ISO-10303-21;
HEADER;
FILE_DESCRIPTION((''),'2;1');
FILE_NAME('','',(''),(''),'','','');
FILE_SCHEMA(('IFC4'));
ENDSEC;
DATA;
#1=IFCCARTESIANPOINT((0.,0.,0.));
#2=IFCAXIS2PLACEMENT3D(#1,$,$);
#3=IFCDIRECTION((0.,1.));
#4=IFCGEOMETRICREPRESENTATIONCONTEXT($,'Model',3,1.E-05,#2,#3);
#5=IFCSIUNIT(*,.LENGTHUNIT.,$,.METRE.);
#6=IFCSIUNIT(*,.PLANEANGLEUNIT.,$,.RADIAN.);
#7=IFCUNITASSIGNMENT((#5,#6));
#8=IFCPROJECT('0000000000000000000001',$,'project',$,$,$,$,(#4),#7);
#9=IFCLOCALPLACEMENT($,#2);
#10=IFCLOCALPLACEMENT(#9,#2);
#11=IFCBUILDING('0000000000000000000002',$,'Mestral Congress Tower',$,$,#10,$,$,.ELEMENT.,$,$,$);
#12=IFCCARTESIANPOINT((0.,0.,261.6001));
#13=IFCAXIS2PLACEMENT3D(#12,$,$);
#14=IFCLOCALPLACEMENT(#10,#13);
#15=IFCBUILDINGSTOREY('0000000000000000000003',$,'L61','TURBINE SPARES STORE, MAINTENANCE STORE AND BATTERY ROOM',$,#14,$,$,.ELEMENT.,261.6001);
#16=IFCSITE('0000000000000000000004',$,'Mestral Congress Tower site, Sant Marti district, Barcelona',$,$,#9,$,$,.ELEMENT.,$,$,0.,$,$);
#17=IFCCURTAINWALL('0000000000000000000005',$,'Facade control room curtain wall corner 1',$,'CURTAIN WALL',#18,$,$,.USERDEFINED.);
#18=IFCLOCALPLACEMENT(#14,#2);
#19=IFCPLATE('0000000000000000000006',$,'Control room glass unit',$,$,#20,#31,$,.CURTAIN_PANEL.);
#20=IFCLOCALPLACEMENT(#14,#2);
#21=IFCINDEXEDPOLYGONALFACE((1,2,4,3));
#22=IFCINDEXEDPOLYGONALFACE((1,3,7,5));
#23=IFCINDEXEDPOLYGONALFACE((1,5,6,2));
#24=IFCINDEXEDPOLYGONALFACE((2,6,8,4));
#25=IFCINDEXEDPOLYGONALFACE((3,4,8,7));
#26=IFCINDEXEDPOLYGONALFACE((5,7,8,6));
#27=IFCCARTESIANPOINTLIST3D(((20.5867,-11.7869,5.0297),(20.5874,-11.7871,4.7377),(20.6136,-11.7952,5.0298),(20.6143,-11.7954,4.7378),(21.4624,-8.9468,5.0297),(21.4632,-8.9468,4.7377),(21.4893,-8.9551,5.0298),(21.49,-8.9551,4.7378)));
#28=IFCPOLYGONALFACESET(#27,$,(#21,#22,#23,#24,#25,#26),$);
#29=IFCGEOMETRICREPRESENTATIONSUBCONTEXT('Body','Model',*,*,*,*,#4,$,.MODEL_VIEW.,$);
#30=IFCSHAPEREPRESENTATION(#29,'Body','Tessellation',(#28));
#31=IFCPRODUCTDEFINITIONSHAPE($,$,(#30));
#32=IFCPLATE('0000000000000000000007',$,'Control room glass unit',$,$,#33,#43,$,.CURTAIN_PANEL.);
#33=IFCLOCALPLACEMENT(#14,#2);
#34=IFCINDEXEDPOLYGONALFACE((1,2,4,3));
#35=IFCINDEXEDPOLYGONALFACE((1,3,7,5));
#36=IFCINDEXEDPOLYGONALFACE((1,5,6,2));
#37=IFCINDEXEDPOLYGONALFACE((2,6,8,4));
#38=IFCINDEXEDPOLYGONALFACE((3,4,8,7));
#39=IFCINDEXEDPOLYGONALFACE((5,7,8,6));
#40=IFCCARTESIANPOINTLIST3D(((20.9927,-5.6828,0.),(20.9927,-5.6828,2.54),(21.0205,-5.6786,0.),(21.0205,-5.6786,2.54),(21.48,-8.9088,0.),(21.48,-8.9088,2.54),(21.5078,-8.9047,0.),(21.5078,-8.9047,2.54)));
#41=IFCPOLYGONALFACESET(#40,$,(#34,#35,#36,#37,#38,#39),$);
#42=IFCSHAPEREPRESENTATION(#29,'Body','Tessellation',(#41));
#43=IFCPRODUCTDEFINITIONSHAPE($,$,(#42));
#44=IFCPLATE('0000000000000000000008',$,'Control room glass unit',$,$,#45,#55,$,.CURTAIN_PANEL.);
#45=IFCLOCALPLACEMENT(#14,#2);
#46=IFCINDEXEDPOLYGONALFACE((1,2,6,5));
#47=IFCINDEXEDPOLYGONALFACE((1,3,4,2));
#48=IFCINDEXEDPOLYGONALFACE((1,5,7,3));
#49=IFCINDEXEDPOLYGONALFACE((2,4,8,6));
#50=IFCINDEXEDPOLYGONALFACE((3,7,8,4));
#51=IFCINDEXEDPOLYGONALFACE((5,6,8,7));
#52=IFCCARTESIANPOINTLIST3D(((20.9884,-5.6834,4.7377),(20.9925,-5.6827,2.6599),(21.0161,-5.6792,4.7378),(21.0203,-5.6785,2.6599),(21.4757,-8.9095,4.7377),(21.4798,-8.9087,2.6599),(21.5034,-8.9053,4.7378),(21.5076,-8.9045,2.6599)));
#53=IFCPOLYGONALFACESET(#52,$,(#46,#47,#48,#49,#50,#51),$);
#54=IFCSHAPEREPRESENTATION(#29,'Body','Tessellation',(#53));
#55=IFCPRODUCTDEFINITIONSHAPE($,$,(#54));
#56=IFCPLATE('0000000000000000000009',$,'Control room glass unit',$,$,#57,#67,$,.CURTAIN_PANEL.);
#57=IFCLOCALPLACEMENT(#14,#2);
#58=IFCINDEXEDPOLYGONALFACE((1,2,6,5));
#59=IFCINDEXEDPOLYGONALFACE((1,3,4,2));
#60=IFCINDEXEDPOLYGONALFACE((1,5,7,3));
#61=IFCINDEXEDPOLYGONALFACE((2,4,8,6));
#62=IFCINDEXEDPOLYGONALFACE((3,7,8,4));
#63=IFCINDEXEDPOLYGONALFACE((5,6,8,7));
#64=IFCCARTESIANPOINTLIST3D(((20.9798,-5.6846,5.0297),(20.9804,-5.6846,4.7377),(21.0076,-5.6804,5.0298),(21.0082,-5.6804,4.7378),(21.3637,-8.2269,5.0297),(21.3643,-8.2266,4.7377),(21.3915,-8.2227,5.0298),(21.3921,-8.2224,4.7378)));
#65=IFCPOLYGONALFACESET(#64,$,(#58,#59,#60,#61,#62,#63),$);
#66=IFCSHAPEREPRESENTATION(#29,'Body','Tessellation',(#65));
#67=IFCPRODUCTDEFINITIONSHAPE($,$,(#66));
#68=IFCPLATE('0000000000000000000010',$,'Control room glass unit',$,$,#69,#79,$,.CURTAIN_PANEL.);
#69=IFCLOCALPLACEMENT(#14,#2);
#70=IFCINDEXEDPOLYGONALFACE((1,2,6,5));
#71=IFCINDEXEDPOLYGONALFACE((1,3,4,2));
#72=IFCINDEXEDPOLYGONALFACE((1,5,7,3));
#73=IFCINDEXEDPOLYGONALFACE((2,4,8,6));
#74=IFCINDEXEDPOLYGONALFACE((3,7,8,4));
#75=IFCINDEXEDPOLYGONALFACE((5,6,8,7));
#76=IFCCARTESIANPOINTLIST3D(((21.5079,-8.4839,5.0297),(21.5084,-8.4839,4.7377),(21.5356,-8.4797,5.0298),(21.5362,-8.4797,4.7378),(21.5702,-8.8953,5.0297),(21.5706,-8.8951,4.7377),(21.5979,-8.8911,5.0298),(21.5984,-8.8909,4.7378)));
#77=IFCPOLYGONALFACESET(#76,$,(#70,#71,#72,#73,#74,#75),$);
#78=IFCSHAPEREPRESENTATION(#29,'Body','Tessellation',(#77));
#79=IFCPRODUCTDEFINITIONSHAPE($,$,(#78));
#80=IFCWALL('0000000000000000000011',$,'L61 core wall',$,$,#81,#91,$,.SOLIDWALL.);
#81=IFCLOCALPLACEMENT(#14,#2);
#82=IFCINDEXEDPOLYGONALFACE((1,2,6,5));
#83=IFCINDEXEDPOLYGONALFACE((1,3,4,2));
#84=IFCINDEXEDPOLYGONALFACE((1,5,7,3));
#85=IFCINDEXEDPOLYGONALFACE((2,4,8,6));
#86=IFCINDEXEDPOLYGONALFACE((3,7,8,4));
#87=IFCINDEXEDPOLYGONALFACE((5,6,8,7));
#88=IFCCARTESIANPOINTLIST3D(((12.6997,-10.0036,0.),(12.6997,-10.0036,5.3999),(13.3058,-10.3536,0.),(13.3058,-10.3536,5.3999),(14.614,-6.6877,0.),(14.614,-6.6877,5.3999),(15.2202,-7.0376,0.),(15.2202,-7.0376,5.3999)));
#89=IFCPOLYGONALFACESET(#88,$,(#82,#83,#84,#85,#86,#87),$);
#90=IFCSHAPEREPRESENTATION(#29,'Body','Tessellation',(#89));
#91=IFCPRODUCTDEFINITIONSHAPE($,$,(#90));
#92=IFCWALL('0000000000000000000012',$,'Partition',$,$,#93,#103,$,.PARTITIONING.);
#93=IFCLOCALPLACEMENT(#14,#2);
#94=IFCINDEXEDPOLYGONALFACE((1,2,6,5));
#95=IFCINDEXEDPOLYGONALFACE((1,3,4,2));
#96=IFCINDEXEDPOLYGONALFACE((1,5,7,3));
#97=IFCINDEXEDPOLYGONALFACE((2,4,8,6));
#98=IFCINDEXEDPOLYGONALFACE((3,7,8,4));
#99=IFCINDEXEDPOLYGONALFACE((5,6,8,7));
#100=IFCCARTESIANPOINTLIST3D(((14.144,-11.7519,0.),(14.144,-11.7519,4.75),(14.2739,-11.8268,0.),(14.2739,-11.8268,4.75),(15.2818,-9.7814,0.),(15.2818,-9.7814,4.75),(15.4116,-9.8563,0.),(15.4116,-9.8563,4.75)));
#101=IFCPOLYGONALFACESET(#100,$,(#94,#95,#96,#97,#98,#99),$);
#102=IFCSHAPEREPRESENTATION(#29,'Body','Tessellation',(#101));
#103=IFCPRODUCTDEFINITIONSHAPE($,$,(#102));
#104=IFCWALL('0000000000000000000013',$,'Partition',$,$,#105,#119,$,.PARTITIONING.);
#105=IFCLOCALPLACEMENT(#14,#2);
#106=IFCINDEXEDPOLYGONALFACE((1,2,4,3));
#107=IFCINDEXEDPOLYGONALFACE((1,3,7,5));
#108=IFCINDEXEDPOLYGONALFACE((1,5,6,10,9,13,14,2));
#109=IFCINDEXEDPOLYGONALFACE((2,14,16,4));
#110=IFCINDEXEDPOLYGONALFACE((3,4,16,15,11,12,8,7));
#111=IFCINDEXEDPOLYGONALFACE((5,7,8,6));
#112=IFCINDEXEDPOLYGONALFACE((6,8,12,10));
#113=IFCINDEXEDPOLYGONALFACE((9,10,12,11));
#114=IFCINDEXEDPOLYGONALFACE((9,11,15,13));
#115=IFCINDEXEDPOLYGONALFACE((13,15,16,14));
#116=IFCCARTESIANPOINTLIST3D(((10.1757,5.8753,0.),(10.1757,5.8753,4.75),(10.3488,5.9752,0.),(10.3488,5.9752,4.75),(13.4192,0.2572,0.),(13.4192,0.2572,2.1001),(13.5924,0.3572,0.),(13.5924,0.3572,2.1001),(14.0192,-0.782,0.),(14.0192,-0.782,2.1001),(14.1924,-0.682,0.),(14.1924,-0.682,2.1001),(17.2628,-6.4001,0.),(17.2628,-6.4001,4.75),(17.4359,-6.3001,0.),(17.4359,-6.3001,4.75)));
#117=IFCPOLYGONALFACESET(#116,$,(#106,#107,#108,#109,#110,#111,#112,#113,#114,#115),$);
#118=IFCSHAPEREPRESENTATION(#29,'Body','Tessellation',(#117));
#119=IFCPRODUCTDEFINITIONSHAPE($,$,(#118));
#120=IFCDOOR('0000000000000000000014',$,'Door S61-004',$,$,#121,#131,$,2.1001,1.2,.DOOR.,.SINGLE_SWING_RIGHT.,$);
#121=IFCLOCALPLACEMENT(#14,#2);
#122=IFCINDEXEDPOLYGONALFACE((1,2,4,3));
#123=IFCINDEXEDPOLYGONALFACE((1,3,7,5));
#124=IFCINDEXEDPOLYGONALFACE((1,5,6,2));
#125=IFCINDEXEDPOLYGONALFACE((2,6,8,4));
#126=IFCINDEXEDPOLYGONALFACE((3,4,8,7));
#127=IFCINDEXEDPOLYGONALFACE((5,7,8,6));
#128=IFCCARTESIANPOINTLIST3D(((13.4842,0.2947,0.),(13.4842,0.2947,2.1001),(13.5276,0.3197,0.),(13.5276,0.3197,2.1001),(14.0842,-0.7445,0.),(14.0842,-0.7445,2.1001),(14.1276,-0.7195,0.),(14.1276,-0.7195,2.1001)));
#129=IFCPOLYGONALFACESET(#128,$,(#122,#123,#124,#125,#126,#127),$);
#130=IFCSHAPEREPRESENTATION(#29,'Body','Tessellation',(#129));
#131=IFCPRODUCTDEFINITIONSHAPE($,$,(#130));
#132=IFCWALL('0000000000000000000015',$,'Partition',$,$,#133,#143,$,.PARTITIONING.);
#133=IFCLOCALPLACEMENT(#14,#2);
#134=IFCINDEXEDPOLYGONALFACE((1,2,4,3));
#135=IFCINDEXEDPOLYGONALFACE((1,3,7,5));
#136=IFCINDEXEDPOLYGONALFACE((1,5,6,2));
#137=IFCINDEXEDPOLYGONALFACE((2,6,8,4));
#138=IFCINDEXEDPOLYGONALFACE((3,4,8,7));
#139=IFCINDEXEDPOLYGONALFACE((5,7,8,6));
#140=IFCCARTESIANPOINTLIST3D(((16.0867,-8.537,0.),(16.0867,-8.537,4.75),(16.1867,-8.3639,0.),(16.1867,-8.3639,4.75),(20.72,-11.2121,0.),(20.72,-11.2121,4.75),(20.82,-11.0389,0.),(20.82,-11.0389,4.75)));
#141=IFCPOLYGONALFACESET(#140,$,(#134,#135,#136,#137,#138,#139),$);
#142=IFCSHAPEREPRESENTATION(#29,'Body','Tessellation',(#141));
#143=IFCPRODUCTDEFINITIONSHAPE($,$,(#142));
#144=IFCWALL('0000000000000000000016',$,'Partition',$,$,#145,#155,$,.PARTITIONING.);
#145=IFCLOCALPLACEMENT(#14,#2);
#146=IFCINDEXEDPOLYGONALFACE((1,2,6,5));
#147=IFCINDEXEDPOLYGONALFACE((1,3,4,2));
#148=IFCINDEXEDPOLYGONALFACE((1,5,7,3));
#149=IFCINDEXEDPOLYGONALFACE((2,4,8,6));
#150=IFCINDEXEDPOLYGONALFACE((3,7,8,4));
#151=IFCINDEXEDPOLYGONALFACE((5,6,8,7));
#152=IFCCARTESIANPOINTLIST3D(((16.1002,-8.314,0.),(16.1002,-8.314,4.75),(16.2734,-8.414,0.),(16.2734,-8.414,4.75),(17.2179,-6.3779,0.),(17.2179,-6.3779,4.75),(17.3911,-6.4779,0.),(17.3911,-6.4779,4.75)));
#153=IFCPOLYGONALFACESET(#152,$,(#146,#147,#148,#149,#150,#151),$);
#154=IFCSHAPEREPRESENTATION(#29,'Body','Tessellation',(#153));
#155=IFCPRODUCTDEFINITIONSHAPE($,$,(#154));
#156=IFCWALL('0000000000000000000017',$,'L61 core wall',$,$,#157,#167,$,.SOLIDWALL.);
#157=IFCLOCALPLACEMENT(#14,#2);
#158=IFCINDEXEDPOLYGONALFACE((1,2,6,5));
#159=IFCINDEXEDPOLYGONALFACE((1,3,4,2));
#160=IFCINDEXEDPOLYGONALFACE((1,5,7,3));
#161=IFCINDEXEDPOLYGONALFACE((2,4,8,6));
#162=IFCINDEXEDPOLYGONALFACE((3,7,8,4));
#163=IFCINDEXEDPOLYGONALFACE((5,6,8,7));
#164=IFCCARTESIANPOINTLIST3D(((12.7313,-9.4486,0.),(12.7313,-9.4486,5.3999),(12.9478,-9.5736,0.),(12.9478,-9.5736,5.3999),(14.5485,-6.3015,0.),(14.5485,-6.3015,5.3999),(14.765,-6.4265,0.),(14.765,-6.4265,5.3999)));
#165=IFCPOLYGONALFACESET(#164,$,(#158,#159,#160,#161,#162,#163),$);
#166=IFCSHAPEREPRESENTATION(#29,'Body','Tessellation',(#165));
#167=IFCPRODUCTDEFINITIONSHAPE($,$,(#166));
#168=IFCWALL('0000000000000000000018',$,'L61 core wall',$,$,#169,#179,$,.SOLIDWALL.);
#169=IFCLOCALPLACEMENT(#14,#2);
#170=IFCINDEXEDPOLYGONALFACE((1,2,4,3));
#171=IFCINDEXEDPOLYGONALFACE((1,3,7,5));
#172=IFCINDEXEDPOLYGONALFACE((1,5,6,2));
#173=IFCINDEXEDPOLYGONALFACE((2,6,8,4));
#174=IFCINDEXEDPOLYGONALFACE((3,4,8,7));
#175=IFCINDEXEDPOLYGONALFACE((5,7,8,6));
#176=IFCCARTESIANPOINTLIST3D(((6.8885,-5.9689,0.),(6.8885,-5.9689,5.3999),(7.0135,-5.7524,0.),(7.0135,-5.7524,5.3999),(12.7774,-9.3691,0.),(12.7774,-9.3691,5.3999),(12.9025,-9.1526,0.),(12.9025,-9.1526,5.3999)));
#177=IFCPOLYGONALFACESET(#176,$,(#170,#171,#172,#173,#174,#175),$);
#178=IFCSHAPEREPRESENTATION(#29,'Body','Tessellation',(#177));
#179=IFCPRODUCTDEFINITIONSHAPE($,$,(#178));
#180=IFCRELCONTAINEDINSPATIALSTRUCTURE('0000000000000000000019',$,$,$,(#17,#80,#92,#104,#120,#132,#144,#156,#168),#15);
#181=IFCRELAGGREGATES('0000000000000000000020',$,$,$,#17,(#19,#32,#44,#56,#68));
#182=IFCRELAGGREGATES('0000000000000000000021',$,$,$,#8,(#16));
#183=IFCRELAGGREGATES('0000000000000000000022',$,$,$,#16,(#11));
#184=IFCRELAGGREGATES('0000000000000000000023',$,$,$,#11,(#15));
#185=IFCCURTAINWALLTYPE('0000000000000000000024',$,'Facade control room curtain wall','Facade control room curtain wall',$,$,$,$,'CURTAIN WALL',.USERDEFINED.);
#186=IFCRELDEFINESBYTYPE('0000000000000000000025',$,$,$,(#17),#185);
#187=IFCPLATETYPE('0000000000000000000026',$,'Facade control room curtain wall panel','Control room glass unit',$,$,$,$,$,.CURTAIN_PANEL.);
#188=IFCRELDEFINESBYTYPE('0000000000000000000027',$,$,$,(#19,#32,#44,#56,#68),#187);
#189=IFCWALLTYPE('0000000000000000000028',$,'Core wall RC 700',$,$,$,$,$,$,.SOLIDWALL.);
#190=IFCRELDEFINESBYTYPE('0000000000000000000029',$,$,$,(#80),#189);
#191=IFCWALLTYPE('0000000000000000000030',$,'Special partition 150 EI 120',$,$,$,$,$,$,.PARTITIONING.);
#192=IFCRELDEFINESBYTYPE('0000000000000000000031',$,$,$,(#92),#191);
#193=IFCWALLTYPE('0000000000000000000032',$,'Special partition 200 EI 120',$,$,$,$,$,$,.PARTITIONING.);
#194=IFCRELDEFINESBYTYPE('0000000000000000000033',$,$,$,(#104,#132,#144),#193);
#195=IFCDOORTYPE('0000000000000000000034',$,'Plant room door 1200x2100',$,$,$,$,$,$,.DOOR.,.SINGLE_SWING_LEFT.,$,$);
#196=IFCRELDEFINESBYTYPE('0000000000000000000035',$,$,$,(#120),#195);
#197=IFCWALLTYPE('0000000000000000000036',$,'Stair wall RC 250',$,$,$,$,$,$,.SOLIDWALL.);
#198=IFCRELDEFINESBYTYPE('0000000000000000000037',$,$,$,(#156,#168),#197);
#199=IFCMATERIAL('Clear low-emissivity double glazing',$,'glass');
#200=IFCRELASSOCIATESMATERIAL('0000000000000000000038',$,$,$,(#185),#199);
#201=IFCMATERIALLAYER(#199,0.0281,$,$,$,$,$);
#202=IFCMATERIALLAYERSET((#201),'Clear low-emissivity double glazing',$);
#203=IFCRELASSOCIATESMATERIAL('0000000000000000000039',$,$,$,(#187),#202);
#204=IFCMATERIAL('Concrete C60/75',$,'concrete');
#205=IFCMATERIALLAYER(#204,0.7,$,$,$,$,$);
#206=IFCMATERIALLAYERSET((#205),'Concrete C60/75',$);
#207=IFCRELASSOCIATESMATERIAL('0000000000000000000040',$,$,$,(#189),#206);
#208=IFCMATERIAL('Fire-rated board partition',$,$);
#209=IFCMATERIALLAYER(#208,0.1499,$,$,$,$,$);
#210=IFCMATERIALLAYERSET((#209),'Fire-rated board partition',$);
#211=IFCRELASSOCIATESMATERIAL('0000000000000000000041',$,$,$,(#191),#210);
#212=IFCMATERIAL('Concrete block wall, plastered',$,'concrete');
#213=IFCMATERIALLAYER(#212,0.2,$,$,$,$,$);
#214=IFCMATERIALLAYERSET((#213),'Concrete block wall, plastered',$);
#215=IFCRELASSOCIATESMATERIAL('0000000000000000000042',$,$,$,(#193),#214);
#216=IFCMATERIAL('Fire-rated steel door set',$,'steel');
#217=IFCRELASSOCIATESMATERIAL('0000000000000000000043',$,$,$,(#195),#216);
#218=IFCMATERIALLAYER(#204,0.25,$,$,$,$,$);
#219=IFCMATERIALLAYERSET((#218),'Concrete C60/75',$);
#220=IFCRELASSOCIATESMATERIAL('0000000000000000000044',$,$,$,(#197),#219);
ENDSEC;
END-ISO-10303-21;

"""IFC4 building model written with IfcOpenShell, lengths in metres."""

from ifc_helpers import new_model, si_unit, direction, frame, frame_2d, origin, origin_2d, place, context, subcontext, project, spatial, polyline, rectangle, outline, extrude, material, layer, layer_set, type_object, element, fill, aggregate, save


model = new_model("IFC4")

# Units and contexts
model_context = context("Model", 3, precision=1e-05, world=origin(), true_north=direction((0.0, 1.0)))
body_context = subcontext(model_context, "Body", "Model", "MODEL_VIEW")
ifc_project = project(units=[si_unit("LENGTHUNIT", "METRE"), si_unit("PLANEANGLEUNIT", "RADIAN")], contexts=[model_context])

# Site, building, storey
site_placement = place(None, origin())
site = spatial("IfcSite", under=ifc_project, at=site_placement, Name="Mestral Congress Tower site, Sant Marti district, Barcelona", CompositionType="ELEMENT", RefElevation=0.0)
building_placement = place(site_placement, origin())
building = spatial("IfcBuilding", under=site, at=building_placement, Name="Mestral Congress Tower", CompositionType="ELEMENT")
storey_placement = place(building_placement, frame((0.0, 0.0, 261.6001)))
storey = spatial("IfcBuildingStorey", under=building, at=storey_placement, Name="L61", Description="TURBINE SPARES STORE, MAINTENANCE STORE AND BATTERY ROOM", CompositionType="ELEMENT", Elevation=261.6001)

# Shared definitions
ifc_material_1 = material(Name="Concrete C60/75", Category="concrete")

# Shared definitions
ifc_material_2 = material(Name="Clear low-emissivity double glazing", Category="glass")
curtain_wall_type = type_object("IfcCurtainWallType", Name="Facade control room curtain wall", Description="Facade control room curtain wall", ElementType="CURTAIN WALL", PredefinedType="USERDEFINED", material=ifc_material_2)
placement = place(storey_placement, origin())

# Curtain wall
curtain_wall_1 = element("IfcCurtainWall", 1, at=placement, inside=storey, type_object=curtain_wall_type, Name="Facade control room curtain wall corner 1", ObjectType="CURTAIN WALL", PredefinedType="USERDEFINED")

# Plates
ifc_layer_1 = layer(ifc_material_2, 0.0281)
ifc_layer_set_1 = layer_set([ifc_layer_1], Name="Clear low-emissivity double glazing")
plate_type = type_object("IfcPlateType", Name="Facade control room curtain wall panel", Description="Control room glass unit", PredefinedType="CURTAIN_PANEL", material=ifc_layer_set_1)
plate_1_placement = place(storey_placement, frame((21.4893, -8.9551, 5.0298), z_axis=(0.955604, -0.294645, 0.00252), x_axis=(0.002626, -0.000036, -0.999997)))
plate_1 = element("IfcPlate", 2, at=plate_1_placement, type_object=plate_type, Name="Control room glass unit", PredefinedType="CURTAIN_PANEL", context=body_context, shape_type="SweptSolid", body=[
    extrude(outline(polyline([(0.0, 0.0), (0.292, 0.0), (0.2898, -2.9723), (-0.0022, -2.972), (0.0, 0.0)])), origin(), (0.0, 0.0, -1.0), 0.0281),
])
plate_2_placement = place(storey_placement, frame((21.2502, -7.2937, 0.0), z_axis=(0.0, 0.0, 1.0), x_axis=(-0.149368, 0.988782, 0.0)))
plate_2 = element("IfcPlate", 3, at=plate_2_placement, type_object=plate_type, Name="Control room glass unit", PredefinedType="CURTAIN_PANEL", context=body_context, shape_type="SweptSolid", body=[
    extrude(rectangle(XDim=3.2627, YDim=0.0281, at=origin_2d()), origin(), (0.0, 0.0, 1.0), 2.54),
])
plate_3_placement = place(storey_placement, frame((21.0203, -5.6785, 2.6599), z_axis=(0.988781, 0.149357, 0.002028), x_axis=(0.149358, -0.988783, 0.0)))
plate_3 = element("IfcPlate", 4, at=plate_3_placement, type_object=plate_type, Name="Control room glass unit", PredefinedType="CURTAIN_PANEL", context=body_context, shape_type="SweptSolid", body=[
    extrude(outline(polyline([(0.0, 0.0), (3.2627, 0.0), (3.2628, -2.0779), (0.0001, -2.0779), (0.0, 0.0)])), origin(), (0.0, 0.0, -1.0), 0.0281),
])
plate_4_placement = place(storey_placement, frame((21.0076, -5.6804, 5.0298), z_axis=(0.988786, 0.149327, 0.002129), x_axis=(0.002161, -0.000052, -0.999998)))
plate_4 = element("IfcPlate", 5, at=plate_4_placement, type_object=plate_type, Name="Control room glass unit", PredefinedType="CURTAIN_PANEL", context=body_context, shape_type="SweptSolid", body=[
    extrude(outline(polyline([(0.0, 0.0), (0.292, 0.0), (0.293, -2.5708), (0.001, -2.5711), (0.0, 0.0)])), origin(), (0.0, 0.0, -1.0), 0.0281),
])
plate_5_placement = place(storey_placement, frame((21.5984, -8.8909, 4.7378), z_axis=(0.988734, 0.149675, 0.001716), x_axis=(-0.00161, -0.000827, 0.999998)))
plate_5 = element("IfcPlate", 6, at=plate_5_placement, type_object=plate_type, Name="Control room glass unit", PredefinedType="CURTAIN_PANEL", context=body_context, shape_type="SweptSolid", body=[
    extrude(outline(polyline([(0.0, 0.0), (0.292, 0.0), (0.2918, -0.4161), (-0.0002, -0.4158), (0.0, 0.0)])), origin(), (0.0, 0.0, -1.0), 0.0281),
])
aggregate(curtain_wall_1, [plate_1, plate_2, plate_3, plate_4, plate_5])

# Walls
ifc_layer_2 = layer(ifc_material_1, 0.7)
ifc_layer_set_2 = layer_set([ifc_layer_2], Name="Concrete C60/75")
wall_type_1 = type_object("IfcWallType", Name="Core wall RC 700", PredefinedType="SOLIDWALL", material=ifc_layer_set_2)
wall_1_placement = place(storey_placement, frame((13.0027, -10.1787, 0.0), z_axis=(0.0, 0.0, 1.0), x_axis=(0.499973, 0.866041, 0.0)))
element("IfcWall", 7, at=wall_1_placement, inside=storey, type_object=wall_type_1, Name="L61 core wall", PredefinedType="SOLIDWALL", context=body_context, shape_type="SweptSolid", body=[
    extrude(rectangle(XDim=3.8289, YDim=0.7, at=frame_2d((1.9146, 0.0))), origin(), (0.0, 0.0, 1.0), 5.3999),
])
ifc_material_3 = material(Name="Fire-rated board partition")
ifc_layer_3 = layer(ifc_material_3, 0.1499)
ifc_layer_set_3 = layer_set([ifc_layer_3], Name="Fire-rated board partition")
wall_type_2 = type_object("IfcWallType", Name="Special partition 150 EI 120", PredefinedType="PARTITIONING", material=ifc_layer_set_3)
wall_2_placement = place(storey_placement, frame((15.3467, -9.8188, 0.0), z_axis=(0.0, 0.0, 1.0), x_axis=(-0.500017, -0.866016, 0.0)))
element("IfcWall", 8, at=wall_2_placement, inside=storey, type_object=wall_type_2, Name="Partition", PredefinedType="PARTITIONING", context=body_context, shape_type="SweptSolid", body=[
    extrude(rectangle(XDim=2.2754, YDim=0.1499, at=frame_2d((1.1377, 0.0))), origin(), (0.0, 0.0, 1.0), 4.75),
])

# Wall, opening, door
ifc_material_4 = material(Name="Concrete block wall, plastered", Category="concrete")
ifc_layer_4 = layer(ifc_material_4, 0.2)
ifc_layer_set_4 = layer_set([ifc_layer_4], Name="Concrete block wall, plastered")
wall_type_3 = type_object("IfcWallType", Name="Special partition 200 EI 120", PredefinedType="PARTITIONING", material=ifc_layer_set_4)
wall_3_placement = place(storey_placement, frame((17.3494, -6.3501, 0.0), z_axis=(0.0, 0.0, 1.0), x_axis=(-0.499998, 0.866027, 0.0)))
wall_3 = element("IfcWall", 9, at=wall_3_placement, inside=storey, type_object=wall_type_3, Name="Partition", PredefinedType="PARTITIONING", context=body_context, shape_type="SweptSolid", body=[
    extrude(rectangle(XDim=14.1743, YDim=0.2, at=frame_2d((7.0872, 0.0))), origin(), (0.0, 0.0, 1.0), 4.75),
])
opening_placement = place(wall_3_placement, frame((6.4871, 0.0, 0.0)))
opening = element("IfcOpeningElement", 10, at=opening_placement, cuts=wall_3, PredefinedType="OPENING", context=body_context, shape_type="SweptSolid", body=[
    extrude(rectangle(XDim=1.2, YDim=2.1001, at=frame_2d((0.6001, 1.05))), frame((0.0, 0.1099, 0.0), z_axis=(0.0, -1.0, 0.0), x_axis=(1.0, 0.0, 0.0)), (0.0, 0.0, 1.0), 0.22),
])
ifc_material_5 = material(Name="Fire-rated steel door set", Category="steel")
door_type = type_object("IfcDoorType", Name="Plant room door 1200x2100", OperationType="SINGLE_SWING_LEFT", PredefinedType="DOOR", material=ifc_material_5)
door_placement = place(opening_placement, origin())
door = element("IfcDoor", 11, at=door_placement, inside=storey, type_object=door_type, Name="Door S61-004", OperationType="SINGLE_SWING_RIGHT", OverallHeight=2.1001, OverallWidth=1.2, PredefinedType="DOOR", context=body_context, shape_type="SweptSolid", body=[
    extrude(rectangle(XDim=1.2, YDim=2.1001, at=frame_2d((0.6001, 1.05))), frame((0.0, 0.0249, 0.0), z_axis=(0.0, -1.0, 0.0), x_axis=(1.0, 0.0, 0.0)), (0.0, 0.0, 1.0), 0.05),
])
fill(opening, door)

# Walls
wall_4_placement = place(storey_placement, frame((16.1367, -8.4504, 0.0), z_axis=(0.0, 0.0, 1.0), x_axis=(0.866024, -0.500002, 0.0)))
element("IfcWall", 12, at=wall_4_placement, inside=storey, type_object=wall_type_3, Name="Partition", PredefinedType="PARTITIONING", context=body_context, shape_type="SweptSolid", body=[
    extrude(rectangle(XDim=5.3501, YDim=0.2, at=frame_2d((2.675, 0.0))), origin(), (0.0, 0.0, 1.0), 4.75),
])
wall_5_placement = place(storey_placement, frame((17.3044, -6.428, 0.0), z_axis=(0.0, 0.0, 1.0), x_axis=(-0.499968, -0.866044, 0.0)))
element("IfcWall", 13, at=wall_5_placement, inside=storey, type_object=wall_type_3, Name="Partition", PredefinedType="PARTITIONING", context=body_context, shape_type="SweptSolid", body=[
    extrude(rectangle(XDim=2.2356, YDim=0.2, at=frame_2d((1.1177, 0.0))), origin(), (0.0, 0.0, 1.0), 4.75),
])
ifc_layer_5 = layer(ifc_material_1, 0.25)
ifc_layer_set_5 = layer_set([ifc_layer_5], Name="Concrete C60/75")
wall_type_4 = type_object("IfcWallType", Name="Stair wall RC 250", PredefinedType="SOLIDWALL", material=ifc_layer_set_5)
wall_6_placement = place(storey_placement, frame((12.8396, -9.511, 0.0), z_axis=(0.0, 0.0, 1.0), x_axis=(0.500048, 0.865998, 0.0)))
element("IfcWall", 14, at=wall_6_placement, inside=storey, type_object=wall_type_4, Name="L61 core wall", PredefinedType="SOLIDWALL", context=body_context, shape_type="SweptSolid", body=[
    extrude(rectangle(XDim=3.634, YDim=0.25, at=frame_2d((1.8169, 0.0))), origin(), (0.0, 0.0, 1.0), 5.3999),
])
wall_7_placement = place(storey_placement, frame((12.8398, -9.2607, 0.0), z_axis=(0.0, 0.0, 1.0), x_axis=(-0.866014, 0.50002, 0.0)))
element("IfcWall", 15, at=wall_7_placement, inside=storey, type_object=wall_type_4, Name="L61 core wall", PredefinedType="SOLIDWALL", context=body_context, shape_type="SweptSolid", body=[
    extrude(rectangle(XDim=6.8, YDim=0.25, at=frame_2d((3.3999, 0.0))), origin(), (0.0, 0.0, 1.0), 5.3999),
])

save(model, "model.ifc")
